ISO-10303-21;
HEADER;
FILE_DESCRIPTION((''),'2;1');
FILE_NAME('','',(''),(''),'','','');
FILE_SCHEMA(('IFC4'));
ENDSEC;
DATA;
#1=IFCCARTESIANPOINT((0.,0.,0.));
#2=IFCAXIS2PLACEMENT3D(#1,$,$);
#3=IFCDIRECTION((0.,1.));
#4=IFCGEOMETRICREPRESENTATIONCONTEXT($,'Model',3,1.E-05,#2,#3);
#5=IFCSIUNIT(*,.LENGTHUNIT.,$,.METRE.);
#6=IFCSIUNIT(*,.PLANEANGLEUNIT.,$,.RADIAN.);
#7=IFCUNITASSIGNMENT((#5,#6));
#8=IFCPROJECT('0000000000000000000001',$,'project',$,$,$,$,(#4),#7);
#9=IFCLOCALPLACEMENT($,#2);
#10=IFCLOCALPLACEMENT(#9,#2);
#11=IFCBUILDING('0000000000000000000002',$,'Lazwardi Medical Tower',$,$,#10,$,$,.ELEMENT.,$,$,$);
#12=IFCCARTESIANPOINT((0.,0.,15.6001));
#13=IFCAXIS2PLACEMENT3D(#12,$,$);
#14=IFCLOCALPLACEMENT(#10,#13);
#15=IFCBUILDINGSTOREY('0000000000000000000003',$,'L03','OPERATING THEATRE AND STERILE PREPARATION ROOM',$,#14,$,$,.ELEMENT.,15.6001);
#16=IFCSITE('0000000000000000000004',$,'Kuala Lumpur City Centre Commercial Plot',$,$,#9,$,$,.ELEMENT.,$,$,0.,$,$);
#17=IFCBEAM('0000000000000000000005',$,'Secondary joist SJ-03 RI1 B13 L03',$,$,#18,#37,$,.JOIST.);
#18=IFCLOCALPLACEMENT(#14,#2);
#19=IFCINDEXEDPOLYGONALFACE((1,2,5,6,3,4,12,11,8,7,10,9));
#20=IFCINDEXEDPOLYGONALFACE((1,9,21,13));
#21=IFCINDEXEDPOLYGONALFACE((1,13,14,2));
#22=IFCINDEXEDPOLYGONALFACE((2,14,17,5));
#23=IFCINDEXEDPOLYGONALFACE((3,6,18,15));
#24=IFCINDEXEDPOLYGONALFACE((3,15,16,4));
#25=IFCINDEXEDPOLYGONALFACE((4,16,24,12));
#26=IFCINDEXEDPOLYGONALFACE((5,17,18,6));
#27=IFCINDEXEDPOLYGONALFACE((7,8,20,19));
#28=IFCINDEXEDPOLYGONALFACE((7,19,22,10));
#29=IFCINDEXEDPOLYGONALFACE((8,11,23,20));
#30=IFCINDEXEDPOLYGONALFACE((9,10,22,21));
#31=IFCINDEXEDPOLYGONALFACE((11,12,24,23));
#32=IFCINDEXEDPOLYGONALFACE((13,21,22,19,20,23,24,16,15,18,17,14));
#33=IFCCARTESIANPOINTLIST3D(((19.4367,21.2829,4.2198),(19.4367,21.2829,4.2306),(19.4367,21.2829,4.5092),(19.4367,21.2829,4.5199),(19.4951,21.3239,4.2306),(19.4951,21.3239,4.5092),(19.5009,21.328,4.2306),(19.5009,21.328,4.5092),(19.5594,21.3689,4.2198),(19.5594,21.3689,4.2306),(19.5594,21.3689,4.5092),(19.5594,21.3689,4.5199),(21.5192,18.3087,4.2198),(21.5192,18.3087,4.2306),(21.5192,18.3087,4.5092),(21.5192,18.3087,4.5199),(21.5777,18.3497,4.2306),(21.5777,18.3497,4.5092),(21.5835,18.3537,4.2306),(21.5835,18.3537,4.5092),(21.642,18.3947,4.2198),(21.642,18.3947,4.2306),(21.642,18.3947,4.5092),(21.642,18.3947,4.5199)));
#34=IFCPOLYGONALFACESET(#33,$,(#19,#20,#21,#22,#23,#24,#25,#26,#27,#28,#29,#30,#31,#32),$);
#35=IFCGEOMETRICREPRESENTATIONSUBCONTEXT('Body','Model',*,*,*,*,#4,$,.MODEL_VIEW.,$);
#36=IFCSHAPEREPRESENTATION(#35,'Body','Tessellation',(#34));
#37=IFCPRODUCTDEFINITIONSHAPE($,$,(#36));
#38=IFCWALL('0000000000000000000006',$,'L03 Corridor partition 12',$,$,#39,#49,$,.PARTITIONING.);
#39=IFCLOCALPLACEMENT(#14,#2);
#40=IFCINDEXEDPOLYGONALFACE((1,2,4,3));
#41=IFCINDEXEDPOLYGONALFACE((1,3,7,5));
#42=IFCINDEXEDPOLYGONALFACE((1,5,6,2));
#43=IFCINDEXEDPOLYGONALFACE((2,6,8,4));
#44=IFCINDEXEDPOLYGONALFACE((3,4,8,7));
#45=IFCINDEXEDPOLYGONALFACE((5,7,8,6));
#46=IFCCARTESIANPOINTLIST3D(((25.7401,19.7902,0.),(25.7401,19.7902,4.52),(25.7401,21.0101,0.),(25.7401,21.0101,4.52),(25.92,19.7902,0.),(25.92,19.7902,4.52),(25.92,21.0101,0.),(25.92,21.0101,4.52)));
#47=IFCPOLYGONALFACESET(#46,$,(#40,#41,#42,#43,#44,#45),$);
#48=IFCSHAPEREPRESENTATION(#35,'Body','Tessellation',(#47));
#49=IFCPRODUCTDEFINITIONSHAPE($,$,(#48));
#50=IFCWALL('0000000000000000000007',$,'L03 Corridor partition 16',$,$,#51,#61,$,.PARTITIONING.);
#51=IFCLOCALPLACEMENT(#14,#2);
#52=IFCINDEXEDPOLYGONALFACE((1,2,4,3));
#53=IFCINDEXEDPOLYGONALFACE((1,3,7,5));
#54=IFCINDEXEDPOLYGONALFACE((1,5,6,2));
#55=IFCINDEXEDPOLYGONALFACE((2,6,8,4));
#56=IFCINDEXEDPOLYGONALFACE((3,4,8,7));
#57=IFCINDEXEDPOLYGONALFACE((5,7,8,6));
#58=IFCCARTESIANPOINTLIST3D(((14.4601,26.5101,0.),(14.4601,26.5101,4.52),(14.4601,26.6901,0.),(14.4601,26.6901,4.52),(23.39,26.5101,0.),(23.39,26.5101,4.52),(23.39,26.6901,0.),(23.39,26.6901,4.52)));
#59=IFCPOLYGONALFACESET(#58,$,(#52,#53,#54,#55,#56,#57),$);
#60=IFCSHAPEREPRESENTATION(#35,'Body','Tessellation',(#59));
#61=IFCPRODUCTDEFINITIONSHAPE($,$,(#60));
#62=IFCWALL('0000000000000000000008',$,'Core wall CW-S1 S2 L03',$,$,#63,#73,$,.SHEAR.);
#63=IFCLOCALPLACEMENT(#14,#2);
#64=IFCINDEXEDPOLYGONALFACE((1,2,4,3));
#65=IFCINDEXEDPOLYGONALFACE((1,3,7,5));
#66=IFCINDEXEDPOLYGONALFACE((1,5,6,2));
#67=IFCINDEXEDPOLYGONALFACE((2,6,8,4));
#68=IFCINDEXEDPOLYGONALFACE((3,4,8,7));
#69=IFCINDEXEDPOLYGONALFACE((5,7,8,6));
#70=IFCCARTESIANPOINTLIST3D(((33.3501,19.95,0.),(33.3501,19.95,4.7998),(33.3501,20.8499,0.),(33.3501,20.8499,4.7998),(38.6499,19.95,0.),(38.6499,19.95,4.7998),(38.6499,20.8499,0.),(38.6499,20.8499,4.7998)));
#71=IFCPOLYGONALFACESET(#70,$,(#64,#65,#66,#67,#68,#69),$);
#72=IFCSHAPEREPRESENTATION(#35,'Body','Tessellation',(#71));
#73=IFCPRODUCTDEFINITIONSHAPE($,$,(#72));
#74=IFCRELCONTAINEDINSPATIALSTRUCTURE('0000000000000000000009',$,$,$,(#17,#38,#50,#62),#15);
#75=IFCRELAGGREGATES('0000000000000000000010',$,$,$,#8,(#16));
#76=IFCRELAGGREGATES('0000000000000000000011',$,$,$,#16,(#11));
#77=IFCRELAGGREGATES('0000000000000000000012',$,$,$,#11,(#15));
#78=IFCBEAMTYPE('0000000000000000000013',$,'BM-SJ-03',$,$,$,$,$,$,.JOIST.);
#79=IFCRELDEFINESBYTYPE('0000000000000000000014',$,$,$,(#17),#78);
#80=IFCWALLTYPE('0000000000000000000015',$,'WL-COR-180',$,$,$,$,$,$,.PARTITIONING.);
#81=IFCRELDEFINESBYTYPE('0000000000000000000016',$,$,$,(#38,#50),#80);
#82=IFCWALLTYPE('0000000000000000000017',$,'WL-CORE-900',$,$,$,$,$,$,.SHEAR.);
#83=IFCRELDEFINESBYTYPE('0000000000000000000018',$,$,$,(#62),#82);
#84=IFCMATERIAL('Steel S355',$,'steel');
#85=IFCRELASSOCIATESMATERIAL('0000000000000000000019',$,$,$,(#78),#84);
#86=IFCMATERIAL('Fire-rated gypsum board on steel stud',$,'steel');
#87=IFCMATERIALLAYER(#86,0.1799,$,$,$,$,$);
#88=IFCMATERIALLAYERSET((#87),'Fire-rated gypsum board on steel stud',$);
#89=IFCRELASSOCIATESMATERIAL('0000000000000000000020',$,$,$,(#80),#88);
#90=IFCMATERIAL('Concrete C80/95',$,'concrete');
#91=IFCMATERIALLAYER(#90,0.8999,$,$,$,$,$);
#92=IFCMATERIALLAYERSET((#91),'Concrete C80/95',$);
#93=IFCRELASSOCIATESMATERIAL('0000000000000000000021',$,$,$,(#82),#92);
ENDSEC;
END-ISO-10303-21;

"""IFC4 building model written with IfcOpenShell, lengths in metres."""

from ifc_helpers import new_model, si_unit, direction, frame, frame_2d, origin, origin_2d, place, context, subcontext, project, spatial, rectangle, i_section, extrude, material, layer, layer_set, material_profile, profile_set, type_object, element, save


model = new_model("IFC4")

# Units and contexts
model_context = context("Model", 3, precision=1e-05, world=origin(), true_north=direction((0.0, 1.0)))
body_context = subcontext(model_context, "Body", "Model", "MODEL_VIEW")
ifc_project = project(units=[si_unit("LENGTHUNIT", "METRE"), si_unit("PLANEANGLEUNIT", "RADIAN")], contexts=[model_context])

# Site, building, storey
site_placement = place(None, origin())
site = spatial("IfcSite", under=ifc_project, at=site_placement, Name="Kuala Lumpur City Centre Commercial Plot", CompositionType="ELEMENT", RefElevation=0.0)
building_placement = place(site_placement, origin())
building = spatial("IfcBuilding", under=site, at=building_placement, Name="Lazwardi Medical Tower", CompositionType="ELEMENT")
storey_placement = place(building_placement, frame((0.0, 0.0, 15.6001)))
storey = spatial("IfcBuildingStorey", under=building, at=storey_placement, Name="L03", Description="OPERATING THEATRE AND STERILE PREPARATION ROOM", CompositionType="ELEMENT", Elevation=15.6001)

# Beam
ifc_material_1 = material(Name="Steel S355", Category="steel")
ifc_material_profile = material_profile(ifc_material_1, i_section(OverallWidth=0.1499, OverallDepth=0.3, WebThickness=0.0071, FlangeThickness=0.0107, at=origin_2d()), Name="IPE 300")
ifc_profile_set = profile_set([ifc_material_profile], Name="Steel S355")
beam_type = type_object("IfcBeamType", Name="BM-SJ-03", PredefinedType="JOIST", material=ifc_profile_set)
beam_placement = place(storey_placement, frame((19.498, 21.3259, 4.3699), z_axis=(0.57358, -0.81915, 0.0), x_axis=(0.81915, 0.57358, 0.0)))
element("IfcBeam", 1, at=beam_placement, inside=storey, type_object=beam_type, Name="Secondary joist SJ-03 RI1 B13 L03", PredefinedType="JOIST", context=body_context, shape_type="SweptSolid", body=[
    extrude(i_section(OverallWidth=0.1499, OverallDepth=0.3, WebThickness=0.0071, FlangeThickness=0.0107, at=origin_2d()), origin(), (0.0, 0.0, 1.0), 3.6309),
])

# Walls
ifc_material_2 = material(Name="Fire-rated gypsum board on steel stud", Category="steel")
ifc_layer_1 = layer(ifc_material_2, 0.1799)
ifc_layer_set_1 = layer_set([ifc_layer_1], Name="Fire-rated gypsum board on steel stud")
wall_type_1 = type_object("IfcWallType", Name="WL-COR-180", PredefinedType="PARTITIONING", material=ifc_layer_set_1)
wall_1_placement = place(storey_placement, frame((25.8301, 21.01, 0.0), z_axis=(0.0, 0.0, 1.0), x_axis=(0.0, -1.0, 0.0)))
element("IfcWall", 2, at=wall_1_placement, inside=storey, type_object=wall_type_1, Name="L03 Corridor partition 12", PredefinedType="PARTITIONING", context=body_context, shape_type="SweptSolid", body=[
    extrude(rectangle(XDim=1.22, YDim=0.1799, at=frame_2d((0.6099, 0.0))), origin(), (0.0, 0.0, 1.0), 4.52),
])
wall_2_placement = place(storey_placement, frame((23.3899, 26.6001, 0.0), z_axis=(0.0, 0.0, 1.0), x_axis=(-1.0, 0.0, 0.0)))
element("IfcWall", 3, at=wall_2_placement, inside=storey, type_object=wall_type_1, Name="L03 Corridor partition 16", PredefinedType="PARTITIONING", context=body_context, shape_type="SweptSolid", body=[
    extrude(rectangle(XDim=8.9299, YDim=0.1799, at=frame_2d((4.4648, 0.0))), origin(), (0.0, 0.0, 1.0), 4.52),
])

# Shared definitions
ifc_material_3 = material(Name="Concrete C80/95", Category="concrete")
ifc_layer_2 = layer(ifc_material_3, 0.8999)
ifc_layer_set_2 = layer_set([ifc_layer_2], Name="Concrete C80/95")
wall_type_2 = type_object("IfcWallType", Name="WL-CORE-900", PredefinedType="SHEAR", material=ifc_layer_set_2)

# Wall
wall_3_placement = place(storey_placement, frame((33.3501, 20.3999, 0.0), z_axis=(0.0, 0.0, 1.0), x_axis=(1.0, 0.0, 0.0)))
element("IfcWall", 4, at=wall_3_placement, inside=storey, type_object=wall_type_2, Name="Core wall CW-S1 S2 L03", PredefinedType="SHEAR", context=body_context, shape_type="SweptSolid", body=[
    extrude(rectangle(XDim=5.2998, YDim=0.8999, at=frame_2d((2.6499, 0.0))), origin(), (0.0, 0.0, 1.0), 4.7998),
])

save(model, "model.ifc")
